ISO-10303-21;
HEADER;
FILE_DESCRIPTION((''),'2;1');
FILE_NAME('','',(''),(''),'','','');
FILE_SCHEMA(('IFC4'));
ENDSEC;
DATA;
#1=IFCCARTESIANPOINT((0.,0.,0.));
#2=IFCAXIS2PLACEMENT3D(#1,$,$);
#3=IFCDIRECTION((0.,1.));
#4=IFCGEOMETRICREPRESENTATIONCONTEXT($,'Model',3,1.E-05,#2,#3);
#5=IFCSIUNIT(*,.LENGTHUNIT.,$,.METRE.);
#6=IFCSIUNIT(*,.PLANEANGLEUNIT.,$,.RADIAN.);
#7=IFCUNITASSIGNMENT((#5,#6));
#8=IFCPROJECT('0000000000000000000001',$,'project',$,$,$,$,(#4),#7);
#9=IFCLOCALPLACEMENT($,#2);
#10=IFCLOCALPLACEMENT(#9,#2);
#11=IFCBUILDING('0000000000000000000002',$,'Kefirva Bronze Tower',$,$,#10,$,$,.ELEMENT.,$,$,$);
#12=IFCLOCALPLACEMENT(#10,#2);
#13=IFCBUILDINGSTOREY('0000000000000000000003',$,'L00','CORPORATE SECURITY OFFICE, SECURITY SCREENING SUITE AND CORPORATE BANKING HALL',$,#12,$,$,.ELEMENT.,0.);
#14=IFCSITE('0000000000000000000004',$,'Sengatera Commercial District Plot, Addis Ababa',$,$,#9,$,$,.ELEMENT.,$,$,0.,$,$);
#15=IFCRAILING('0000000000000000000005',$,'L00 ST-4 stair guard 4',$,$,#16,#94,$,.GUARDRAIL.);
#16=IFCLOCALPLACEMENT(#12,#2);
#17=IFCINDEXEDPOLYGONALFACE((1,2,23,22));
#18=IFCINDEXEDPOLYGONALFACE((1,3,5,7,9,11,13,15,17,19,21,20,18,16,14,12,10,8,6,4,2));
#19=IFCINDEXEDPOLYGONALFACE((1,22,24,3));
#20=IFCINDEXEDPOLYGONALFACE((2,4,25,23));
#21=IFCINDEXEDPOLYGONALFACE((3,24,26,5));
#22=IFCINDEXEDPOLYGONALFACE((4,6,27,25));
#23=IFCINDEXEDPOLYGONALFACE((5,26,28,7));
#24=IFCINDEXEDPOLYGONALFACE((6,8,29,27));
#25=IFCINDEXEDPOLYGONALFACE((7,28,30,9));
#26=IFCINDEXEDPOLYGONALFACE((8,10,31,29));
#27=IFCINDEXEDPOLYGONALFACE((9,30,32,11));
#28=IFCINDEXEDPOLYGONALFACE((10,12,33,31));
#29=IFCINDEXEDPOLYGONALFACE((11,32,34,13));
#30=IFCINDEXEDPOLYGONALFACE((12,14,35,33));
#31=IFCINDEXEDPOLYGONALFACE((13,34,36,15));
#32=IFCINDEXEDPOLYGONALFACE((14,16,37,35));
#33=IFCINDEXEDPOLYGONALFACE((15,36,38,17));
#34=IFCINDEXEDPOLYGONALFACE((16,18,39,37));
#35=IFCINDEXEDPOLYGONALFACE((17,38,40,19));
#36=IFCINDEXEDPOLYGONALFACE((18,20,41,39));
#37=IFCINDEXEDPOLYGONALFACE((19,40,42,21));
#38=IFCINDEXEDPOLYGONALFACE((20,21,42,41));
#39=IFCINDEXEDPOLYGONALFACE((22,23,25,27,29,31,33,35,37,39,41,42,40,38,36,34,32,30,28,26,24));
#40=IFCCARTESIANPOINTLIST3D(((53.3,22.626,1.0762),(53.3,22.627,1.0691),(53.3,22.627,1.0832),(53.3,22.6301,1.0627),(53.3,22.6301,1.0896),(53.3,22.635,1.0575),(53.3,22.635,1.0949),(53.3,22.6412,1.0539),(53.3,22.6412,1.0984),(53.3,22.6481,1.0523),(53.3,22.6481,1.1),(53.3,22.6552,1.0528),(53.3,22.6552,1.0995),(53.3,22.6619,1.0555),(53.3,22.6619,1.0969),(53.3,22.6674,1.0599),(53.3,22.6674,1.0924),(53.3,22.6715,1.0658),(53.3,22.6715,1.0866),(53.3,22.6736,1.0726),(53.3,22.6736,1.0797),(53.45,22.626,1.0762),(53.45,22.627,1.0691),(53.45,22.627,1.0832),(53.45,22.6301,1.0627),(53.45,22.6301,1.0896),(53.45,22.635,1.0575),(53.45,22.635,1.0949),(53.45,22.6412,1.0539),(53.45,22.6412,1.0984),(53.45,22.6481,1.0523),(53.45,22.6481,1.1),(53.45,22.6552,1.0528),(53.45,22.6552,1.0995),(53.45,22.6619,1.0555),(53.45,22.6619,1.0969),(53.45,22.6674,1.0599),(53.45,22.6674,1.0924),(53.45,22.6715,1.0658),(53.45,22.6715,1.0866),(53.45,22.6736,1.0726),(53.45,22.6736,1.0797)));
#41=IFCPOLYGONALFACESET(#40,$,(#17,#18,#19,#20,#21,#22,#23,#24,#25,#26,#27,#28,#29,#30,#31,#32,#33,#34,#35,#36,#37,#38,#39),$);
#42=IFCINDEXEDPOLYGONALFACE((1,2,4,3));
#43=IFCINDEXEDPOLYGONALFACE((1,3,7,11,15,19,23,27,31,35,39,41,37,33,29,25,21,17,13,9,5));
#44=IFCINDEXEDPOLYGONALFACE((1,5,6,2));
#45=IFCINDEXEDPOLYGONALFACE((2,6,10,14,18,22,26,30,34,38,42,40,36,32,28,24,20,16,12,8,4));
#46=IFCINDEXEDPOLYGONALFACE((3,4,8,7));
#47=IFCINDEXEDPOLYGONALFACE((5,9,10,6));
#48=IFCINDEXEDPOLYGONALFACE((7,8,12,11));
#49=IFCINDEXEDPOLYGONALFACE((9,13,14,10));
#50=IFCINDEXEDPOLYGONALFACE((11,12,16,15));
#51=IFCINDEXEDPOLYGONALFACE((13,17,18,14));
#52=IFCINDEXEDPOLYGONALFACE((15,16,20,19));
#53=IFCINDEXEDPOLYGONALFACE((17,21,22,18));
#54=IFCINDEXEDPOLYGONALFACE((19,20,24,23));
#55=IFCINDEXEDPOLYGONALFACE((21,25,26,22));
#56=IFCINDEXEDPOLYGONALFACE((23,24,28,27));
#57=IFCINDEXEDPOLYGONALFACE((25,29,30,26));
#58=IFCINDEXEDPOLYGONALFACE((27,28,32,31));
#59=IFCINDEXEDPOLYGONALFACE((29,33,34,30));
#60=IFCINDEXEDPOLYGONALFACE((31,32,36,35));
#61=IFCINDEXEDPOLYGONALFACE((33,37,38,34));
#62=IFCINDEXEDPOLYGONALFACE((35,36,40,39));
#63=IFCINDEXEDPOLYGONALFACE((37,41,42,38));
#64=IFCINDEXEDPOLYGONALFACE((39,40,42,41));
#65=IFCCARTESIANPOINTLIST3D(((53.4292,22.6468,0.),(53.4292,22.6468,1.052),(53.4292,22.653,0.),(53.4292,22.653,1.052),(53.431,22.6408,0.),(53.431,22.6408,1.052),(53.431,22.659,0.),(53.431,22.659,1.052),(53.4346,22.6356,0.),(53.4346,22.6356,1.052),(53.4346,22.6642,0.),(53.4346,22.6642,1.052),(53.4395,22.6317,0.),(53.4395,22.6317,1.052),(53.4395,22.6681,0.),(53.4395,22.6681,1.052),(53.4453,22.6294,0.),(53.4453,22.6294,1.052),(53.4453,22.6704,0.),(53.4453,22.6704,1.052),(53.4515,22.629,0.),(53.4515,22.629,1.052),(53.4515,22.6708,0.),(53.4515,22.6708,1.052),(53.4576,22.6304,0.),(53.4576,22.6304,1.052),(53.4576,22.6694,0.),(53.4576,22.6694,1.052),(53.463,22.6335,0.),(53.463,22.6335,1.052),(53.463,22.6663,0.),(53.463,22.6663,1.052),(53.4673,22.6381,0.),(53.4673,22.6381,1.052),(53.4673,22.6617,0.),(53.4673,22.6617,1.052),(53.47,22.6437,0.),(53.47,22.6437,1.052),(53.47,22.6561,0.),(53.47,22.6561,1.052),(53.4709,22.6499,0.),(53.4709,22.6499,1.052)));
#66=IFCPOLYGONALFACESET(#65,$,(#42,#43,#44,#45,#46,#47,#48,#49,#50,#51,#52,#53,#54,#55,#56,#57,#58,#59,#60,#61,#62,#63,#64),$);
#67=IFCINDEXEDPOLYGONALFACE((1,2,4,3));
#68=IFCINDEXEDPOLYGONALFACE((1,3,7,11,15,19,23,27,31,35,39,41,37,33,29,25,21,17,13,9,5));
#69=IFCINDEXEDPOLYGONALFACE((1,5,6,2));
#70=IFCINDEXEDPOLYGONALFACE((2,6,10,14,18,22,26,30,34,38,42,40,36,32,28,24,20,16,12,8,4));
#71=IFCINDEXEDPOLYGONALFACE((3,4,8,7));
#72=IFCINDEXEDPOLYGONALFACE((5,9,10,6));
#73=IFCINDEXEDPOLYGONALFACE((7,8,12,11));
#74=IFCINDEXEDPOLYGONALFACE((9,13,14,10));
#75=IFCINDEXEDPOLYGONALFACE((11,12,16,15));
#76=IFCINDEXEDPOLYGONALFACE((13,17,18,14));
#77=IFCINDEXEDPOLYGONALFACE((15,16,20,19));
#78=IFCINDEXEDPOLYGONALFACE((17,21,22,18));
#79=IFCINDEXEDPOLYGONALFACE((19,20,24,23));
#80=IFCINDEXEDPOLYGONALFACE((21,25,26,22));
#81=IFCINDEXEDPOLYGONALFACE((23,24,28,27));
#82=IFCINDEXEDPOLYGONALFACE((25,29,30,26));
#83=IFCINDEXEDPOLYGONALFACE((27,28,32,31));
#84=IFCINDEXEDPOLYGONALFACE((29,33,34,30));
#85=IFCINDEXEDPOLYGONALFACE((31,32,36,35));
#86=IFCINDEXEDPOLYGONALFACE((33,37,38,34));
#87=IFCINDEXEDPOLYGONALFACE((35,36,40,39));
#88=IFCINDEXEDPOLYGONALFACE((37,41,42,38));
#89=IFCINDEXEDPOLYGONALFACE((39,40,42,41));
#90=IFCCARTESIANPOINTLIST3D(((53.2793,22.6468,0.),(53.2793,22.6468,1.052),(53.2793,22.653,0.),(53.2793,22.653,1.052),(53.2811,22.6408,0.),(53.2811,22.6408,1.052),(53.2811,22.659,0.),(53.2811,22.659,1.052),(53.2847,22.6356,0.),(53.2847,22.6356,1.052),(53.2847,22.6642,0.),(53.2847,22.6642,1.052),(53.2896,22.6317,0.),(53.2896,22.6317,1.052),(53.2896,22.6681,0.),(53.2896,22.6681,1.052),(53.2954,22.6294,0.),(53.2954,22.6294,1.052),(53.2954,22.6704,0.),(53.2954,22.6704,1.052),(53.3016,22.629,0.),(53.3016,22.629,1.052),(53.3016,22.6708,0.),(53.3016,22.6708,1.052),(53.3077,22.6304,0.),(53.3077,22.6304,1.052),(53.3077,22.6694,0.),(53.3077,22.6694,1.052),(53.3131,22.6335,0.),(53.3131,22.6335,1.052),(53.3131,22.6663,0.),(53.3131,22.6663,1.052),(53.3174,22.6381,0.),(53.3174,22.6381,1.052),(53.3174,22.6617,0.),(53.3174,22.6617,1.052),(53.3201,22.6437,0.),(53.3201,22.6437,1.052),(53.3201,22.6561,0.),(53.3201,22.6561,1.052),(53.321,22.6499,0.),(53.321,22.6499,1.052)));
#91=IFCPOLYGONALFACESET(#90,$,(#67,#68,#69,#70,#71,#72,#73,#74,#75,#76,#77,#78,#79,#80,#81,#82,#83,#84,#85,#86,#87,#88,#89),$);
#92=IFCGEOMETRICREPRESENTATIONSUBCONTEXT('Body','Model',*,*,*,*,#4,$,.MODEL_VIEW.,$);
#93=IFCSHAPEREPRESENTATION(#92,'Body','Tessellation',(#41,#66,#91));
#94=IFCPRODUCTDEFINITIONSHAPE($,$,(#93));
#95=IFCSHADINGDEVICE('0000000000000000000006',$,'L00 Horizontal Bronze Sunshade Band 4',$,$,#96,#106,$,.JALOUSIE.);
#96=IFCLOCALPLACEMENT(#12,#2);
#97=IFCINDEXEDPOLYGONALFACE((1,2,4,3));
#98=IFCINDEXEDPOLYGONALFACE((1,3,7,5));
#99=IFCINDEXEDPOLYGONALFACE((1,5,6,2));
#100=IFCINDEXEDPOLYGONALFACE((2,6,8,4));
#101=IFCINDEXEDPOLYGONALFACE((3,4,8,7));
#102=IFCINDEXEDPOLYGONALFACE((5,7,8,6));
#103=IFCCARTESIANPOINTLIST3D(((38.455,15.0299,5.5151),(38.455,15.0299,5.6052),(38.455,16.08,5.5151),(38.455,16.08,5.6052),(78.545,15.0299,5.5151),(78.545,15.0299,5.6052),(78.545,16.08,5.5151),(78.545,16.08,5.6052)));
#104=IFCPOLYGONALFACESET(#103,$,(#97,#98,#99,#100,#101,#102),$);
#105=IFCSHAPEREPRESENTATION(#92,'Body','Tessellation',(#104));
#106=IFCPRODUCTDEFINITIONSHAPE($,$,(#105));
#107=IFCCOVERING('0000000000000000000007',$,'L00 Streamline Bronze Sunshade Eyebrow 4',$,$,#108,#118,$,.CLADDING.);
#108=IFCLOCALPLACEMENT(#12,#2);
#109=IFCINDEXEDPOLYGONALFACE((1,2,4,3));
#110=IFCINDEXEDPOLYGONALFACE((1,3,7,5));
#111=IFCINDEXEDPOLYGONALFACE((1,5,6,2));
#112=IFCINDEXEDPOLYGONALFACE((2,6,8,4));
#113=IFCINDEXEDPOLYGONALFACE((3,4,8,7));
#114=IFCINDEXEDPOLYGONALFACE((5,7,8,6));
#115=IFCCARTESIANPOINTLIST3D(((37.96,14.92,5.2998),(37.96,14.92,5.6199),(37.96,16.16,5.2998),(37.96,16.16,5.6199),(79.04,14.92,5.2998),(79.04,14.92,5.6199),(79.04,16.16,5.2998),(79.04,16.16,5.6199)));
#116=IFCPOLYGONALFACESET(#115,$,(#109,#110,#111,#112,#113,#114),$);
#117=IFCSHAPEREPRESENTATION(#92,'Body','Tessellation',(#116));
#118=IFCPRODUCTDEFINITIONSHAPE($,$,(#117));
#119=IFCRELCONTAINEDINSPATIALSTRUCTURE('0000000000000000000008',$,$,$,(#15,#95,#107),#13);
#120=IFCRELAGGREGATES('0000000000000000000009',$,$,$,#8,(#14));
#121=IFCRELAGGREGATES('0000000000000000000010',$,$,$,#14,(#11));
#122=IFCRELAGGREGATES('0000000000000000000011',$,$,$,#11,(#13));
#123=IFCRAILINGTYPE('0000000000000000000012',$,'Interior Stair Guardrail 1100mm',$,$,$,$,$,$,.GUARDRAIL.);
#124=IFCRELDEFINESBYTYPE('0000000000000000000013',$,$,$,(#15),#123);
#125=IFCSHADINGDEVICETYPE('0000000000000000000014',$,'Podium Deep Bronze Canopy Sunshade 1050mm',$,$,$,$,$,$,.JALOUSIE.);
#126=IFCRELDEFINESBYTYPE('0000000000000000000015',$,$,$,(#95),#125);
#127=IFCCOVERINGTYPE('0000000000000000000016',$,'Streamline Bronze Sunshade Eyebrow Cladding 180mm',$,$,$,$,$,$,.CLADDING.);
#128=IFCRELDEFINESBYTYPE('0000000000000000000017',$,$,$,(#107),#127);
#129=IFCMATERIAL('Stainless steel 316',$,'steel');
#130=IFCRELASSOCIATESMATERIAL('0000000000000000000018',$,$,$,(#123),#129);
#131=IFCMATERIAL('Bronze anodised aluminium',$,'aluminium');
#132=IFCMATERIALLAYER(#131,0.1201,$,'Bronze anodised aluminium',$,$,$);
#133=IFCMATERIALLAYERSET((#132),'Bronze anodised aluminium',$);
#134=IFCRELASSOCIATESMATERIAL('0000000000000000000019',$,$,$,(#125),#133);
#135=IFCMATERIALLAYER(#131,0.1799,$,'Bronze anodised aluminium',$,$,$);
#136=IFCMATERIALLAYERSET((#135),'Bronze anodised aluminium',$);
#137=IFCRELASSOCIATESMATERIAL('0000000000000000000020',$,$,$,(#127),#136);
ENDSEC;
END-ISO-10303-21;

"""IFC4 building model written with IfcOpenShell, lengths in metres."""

from ifc_helpers import new_model, si_unit, direction, frame, origin, origin_2d, place, context, subcontext, project, spatial, rectangle, circle, extrude, material, layer, layer_set, type_object, element, save


model = new_model("IFC4")

# Units and contexts
model_context = context("Model", 3, precision=1e-05, world=origin(), true_north=direction((0.0, 1.0)))
body_context = subcontext(model_context, "Body", "Model", "MODEL_VIEW")
ifc_project = project(units=[si_unit("LENGTHUNIT", "METRE"), si_unit("PLANEANGLEUNIT", "RADIAN")], contexts=[model_context])

# Site, building, storey
site_placement = place(None, origin())
site = spatial("IfcSite", under=ifc_project, at=site_placement, Name="Sengatera Commercial District Plot, Addis Ababa", CompositionType="ELEMENT", RefElevation=0.0)
building_placement = place(site_placement, origin())
building = spatial("IfcBuilding", under=site, at=building_placement, Name="Kefirva Bronze Tower", CompositionType="ELEMENT")
storey_placement = place(building_placement, origin())
storey = spatial("IfcBuildingStorey", under=building, at=storey_placement, Name="L00", Description="CORPORATE SECURITY OFFICE, SECURITY SCREENING SUITE AND CORPORATE BANKING HALL", CompositionType="ELEMENT", Elevation=0.0)

# Shared definitions
ifc_material_1 = material(Name="Bronze anodised aluminium", Category="aluminium")

# Railing
ifc_material_2 = material(Name="Stainless steel 316", Category="steel")
railing_type_1 = type_object("IfcRailingType", Name="Interior Stair Guardrail 1100mm", PredefinedType="GUARDRAIL", material=ifc_material_2)
railing_1_placement = place(storey_placement, frame((53.45, 22.6499, 0.0)))
element("IfcRailing", 1, at=railing_1_placement, inside=storey, type_object=railing_type_1, Name="L00 ST-4 stair guard 4", PredefinedType="GUARDRAIL", context=body_context, shape_type="SweptSolid", body=[
    extrude(circle(Radius=0.0239, at=origin_2d()), frame((0.0, 0.0, 1.0762), z_axis=(-1.0, 0.0, 0.0), x_axis=(0.0, -1.0, 0.0)), (0.0, 0.0, 1.0), 0.1499),
    extrude(circle(Radius=0.021, at=origin_2d()), origin(), (0.0, 0.0, 1.0), 1.052),
    extrude(circle(Radius=0.021, at=origin_2d()), frame((-0.1499, 0.0, 0.0)), (0.0, 0.0, 1.0), 1.052),
])

# Shading device
ifc_layer_1 = layer(ifc_material_1, 0.1201, Name="Bronze anodised aluminium")
ifc_layer_set_1 = layer_set([ifc_layer_1], Name="Bronze anodised aluminium")
shading_device_type = type_object("IfcShadingDeviceType", Name="Podium Deep Bronze Canopy Sunshade 1050mm", PredefinedType="JALOUSIE", material=ifc_layer_set_1)
shading_device_placement = place(storey_placement, frame((58.5, 15.5549, 5.5151), z_axis=(0.0, 0.0, 1.0), x_axis=(1.0, 0.0, 0.0)))
element("IfcShadingDevice", 2, at=shading_device_placement, inside=storey, type_object=shading_device_type, Name="L00 Horizontal Bronze Sunshade Band 4", PredefinedType="JALOUSIE", context=body_context, shape_type="SweptSolid", body=[
    extrude(rectangle(XDim=40.0901, YDim=1.05, at=origin_2d()), origin(), (0.0, 0.0, 1.0), 0.0901),
])

# Covering
ifc_layer_2 = layer(ifc_material_1, 0.1799, Name="Bronze anodised aluminium")
ifc_layer_set_2 = layer_set([ifc_layer_2], Name="Bronze anodised aluminium")
covering_type_1 = type_object("IfcCoveringType", Name="Streamline Bronze Sunshade Eyebrow Cladding 180mm", PredefinedType="CLADDING", material=ifc_layer_set_2)
covering_1_placement = place(storey_placement, frame((58.5, 15.54, 5.2998), z_axis=(0.0, 0.0, 1.0), x_axis=(1.0, 0.0, 0.0)))
element("IfcCovering", 3, at=covering_1_placement, inside=storey, type_object=covering_type_1, Name="L00 Streamline Bronze Sunshade Eyebrow 4", PredefinedType="CLADDING", context=body_context, shape_type="SweptSolid", body=[
    extrude(rectangle(XDim=41.0801, YDim=1.24, at=origin_2d()), origin(), (0.0, 0.0, 1.0), 0.3201),
])

save(model, "model.ifc")
